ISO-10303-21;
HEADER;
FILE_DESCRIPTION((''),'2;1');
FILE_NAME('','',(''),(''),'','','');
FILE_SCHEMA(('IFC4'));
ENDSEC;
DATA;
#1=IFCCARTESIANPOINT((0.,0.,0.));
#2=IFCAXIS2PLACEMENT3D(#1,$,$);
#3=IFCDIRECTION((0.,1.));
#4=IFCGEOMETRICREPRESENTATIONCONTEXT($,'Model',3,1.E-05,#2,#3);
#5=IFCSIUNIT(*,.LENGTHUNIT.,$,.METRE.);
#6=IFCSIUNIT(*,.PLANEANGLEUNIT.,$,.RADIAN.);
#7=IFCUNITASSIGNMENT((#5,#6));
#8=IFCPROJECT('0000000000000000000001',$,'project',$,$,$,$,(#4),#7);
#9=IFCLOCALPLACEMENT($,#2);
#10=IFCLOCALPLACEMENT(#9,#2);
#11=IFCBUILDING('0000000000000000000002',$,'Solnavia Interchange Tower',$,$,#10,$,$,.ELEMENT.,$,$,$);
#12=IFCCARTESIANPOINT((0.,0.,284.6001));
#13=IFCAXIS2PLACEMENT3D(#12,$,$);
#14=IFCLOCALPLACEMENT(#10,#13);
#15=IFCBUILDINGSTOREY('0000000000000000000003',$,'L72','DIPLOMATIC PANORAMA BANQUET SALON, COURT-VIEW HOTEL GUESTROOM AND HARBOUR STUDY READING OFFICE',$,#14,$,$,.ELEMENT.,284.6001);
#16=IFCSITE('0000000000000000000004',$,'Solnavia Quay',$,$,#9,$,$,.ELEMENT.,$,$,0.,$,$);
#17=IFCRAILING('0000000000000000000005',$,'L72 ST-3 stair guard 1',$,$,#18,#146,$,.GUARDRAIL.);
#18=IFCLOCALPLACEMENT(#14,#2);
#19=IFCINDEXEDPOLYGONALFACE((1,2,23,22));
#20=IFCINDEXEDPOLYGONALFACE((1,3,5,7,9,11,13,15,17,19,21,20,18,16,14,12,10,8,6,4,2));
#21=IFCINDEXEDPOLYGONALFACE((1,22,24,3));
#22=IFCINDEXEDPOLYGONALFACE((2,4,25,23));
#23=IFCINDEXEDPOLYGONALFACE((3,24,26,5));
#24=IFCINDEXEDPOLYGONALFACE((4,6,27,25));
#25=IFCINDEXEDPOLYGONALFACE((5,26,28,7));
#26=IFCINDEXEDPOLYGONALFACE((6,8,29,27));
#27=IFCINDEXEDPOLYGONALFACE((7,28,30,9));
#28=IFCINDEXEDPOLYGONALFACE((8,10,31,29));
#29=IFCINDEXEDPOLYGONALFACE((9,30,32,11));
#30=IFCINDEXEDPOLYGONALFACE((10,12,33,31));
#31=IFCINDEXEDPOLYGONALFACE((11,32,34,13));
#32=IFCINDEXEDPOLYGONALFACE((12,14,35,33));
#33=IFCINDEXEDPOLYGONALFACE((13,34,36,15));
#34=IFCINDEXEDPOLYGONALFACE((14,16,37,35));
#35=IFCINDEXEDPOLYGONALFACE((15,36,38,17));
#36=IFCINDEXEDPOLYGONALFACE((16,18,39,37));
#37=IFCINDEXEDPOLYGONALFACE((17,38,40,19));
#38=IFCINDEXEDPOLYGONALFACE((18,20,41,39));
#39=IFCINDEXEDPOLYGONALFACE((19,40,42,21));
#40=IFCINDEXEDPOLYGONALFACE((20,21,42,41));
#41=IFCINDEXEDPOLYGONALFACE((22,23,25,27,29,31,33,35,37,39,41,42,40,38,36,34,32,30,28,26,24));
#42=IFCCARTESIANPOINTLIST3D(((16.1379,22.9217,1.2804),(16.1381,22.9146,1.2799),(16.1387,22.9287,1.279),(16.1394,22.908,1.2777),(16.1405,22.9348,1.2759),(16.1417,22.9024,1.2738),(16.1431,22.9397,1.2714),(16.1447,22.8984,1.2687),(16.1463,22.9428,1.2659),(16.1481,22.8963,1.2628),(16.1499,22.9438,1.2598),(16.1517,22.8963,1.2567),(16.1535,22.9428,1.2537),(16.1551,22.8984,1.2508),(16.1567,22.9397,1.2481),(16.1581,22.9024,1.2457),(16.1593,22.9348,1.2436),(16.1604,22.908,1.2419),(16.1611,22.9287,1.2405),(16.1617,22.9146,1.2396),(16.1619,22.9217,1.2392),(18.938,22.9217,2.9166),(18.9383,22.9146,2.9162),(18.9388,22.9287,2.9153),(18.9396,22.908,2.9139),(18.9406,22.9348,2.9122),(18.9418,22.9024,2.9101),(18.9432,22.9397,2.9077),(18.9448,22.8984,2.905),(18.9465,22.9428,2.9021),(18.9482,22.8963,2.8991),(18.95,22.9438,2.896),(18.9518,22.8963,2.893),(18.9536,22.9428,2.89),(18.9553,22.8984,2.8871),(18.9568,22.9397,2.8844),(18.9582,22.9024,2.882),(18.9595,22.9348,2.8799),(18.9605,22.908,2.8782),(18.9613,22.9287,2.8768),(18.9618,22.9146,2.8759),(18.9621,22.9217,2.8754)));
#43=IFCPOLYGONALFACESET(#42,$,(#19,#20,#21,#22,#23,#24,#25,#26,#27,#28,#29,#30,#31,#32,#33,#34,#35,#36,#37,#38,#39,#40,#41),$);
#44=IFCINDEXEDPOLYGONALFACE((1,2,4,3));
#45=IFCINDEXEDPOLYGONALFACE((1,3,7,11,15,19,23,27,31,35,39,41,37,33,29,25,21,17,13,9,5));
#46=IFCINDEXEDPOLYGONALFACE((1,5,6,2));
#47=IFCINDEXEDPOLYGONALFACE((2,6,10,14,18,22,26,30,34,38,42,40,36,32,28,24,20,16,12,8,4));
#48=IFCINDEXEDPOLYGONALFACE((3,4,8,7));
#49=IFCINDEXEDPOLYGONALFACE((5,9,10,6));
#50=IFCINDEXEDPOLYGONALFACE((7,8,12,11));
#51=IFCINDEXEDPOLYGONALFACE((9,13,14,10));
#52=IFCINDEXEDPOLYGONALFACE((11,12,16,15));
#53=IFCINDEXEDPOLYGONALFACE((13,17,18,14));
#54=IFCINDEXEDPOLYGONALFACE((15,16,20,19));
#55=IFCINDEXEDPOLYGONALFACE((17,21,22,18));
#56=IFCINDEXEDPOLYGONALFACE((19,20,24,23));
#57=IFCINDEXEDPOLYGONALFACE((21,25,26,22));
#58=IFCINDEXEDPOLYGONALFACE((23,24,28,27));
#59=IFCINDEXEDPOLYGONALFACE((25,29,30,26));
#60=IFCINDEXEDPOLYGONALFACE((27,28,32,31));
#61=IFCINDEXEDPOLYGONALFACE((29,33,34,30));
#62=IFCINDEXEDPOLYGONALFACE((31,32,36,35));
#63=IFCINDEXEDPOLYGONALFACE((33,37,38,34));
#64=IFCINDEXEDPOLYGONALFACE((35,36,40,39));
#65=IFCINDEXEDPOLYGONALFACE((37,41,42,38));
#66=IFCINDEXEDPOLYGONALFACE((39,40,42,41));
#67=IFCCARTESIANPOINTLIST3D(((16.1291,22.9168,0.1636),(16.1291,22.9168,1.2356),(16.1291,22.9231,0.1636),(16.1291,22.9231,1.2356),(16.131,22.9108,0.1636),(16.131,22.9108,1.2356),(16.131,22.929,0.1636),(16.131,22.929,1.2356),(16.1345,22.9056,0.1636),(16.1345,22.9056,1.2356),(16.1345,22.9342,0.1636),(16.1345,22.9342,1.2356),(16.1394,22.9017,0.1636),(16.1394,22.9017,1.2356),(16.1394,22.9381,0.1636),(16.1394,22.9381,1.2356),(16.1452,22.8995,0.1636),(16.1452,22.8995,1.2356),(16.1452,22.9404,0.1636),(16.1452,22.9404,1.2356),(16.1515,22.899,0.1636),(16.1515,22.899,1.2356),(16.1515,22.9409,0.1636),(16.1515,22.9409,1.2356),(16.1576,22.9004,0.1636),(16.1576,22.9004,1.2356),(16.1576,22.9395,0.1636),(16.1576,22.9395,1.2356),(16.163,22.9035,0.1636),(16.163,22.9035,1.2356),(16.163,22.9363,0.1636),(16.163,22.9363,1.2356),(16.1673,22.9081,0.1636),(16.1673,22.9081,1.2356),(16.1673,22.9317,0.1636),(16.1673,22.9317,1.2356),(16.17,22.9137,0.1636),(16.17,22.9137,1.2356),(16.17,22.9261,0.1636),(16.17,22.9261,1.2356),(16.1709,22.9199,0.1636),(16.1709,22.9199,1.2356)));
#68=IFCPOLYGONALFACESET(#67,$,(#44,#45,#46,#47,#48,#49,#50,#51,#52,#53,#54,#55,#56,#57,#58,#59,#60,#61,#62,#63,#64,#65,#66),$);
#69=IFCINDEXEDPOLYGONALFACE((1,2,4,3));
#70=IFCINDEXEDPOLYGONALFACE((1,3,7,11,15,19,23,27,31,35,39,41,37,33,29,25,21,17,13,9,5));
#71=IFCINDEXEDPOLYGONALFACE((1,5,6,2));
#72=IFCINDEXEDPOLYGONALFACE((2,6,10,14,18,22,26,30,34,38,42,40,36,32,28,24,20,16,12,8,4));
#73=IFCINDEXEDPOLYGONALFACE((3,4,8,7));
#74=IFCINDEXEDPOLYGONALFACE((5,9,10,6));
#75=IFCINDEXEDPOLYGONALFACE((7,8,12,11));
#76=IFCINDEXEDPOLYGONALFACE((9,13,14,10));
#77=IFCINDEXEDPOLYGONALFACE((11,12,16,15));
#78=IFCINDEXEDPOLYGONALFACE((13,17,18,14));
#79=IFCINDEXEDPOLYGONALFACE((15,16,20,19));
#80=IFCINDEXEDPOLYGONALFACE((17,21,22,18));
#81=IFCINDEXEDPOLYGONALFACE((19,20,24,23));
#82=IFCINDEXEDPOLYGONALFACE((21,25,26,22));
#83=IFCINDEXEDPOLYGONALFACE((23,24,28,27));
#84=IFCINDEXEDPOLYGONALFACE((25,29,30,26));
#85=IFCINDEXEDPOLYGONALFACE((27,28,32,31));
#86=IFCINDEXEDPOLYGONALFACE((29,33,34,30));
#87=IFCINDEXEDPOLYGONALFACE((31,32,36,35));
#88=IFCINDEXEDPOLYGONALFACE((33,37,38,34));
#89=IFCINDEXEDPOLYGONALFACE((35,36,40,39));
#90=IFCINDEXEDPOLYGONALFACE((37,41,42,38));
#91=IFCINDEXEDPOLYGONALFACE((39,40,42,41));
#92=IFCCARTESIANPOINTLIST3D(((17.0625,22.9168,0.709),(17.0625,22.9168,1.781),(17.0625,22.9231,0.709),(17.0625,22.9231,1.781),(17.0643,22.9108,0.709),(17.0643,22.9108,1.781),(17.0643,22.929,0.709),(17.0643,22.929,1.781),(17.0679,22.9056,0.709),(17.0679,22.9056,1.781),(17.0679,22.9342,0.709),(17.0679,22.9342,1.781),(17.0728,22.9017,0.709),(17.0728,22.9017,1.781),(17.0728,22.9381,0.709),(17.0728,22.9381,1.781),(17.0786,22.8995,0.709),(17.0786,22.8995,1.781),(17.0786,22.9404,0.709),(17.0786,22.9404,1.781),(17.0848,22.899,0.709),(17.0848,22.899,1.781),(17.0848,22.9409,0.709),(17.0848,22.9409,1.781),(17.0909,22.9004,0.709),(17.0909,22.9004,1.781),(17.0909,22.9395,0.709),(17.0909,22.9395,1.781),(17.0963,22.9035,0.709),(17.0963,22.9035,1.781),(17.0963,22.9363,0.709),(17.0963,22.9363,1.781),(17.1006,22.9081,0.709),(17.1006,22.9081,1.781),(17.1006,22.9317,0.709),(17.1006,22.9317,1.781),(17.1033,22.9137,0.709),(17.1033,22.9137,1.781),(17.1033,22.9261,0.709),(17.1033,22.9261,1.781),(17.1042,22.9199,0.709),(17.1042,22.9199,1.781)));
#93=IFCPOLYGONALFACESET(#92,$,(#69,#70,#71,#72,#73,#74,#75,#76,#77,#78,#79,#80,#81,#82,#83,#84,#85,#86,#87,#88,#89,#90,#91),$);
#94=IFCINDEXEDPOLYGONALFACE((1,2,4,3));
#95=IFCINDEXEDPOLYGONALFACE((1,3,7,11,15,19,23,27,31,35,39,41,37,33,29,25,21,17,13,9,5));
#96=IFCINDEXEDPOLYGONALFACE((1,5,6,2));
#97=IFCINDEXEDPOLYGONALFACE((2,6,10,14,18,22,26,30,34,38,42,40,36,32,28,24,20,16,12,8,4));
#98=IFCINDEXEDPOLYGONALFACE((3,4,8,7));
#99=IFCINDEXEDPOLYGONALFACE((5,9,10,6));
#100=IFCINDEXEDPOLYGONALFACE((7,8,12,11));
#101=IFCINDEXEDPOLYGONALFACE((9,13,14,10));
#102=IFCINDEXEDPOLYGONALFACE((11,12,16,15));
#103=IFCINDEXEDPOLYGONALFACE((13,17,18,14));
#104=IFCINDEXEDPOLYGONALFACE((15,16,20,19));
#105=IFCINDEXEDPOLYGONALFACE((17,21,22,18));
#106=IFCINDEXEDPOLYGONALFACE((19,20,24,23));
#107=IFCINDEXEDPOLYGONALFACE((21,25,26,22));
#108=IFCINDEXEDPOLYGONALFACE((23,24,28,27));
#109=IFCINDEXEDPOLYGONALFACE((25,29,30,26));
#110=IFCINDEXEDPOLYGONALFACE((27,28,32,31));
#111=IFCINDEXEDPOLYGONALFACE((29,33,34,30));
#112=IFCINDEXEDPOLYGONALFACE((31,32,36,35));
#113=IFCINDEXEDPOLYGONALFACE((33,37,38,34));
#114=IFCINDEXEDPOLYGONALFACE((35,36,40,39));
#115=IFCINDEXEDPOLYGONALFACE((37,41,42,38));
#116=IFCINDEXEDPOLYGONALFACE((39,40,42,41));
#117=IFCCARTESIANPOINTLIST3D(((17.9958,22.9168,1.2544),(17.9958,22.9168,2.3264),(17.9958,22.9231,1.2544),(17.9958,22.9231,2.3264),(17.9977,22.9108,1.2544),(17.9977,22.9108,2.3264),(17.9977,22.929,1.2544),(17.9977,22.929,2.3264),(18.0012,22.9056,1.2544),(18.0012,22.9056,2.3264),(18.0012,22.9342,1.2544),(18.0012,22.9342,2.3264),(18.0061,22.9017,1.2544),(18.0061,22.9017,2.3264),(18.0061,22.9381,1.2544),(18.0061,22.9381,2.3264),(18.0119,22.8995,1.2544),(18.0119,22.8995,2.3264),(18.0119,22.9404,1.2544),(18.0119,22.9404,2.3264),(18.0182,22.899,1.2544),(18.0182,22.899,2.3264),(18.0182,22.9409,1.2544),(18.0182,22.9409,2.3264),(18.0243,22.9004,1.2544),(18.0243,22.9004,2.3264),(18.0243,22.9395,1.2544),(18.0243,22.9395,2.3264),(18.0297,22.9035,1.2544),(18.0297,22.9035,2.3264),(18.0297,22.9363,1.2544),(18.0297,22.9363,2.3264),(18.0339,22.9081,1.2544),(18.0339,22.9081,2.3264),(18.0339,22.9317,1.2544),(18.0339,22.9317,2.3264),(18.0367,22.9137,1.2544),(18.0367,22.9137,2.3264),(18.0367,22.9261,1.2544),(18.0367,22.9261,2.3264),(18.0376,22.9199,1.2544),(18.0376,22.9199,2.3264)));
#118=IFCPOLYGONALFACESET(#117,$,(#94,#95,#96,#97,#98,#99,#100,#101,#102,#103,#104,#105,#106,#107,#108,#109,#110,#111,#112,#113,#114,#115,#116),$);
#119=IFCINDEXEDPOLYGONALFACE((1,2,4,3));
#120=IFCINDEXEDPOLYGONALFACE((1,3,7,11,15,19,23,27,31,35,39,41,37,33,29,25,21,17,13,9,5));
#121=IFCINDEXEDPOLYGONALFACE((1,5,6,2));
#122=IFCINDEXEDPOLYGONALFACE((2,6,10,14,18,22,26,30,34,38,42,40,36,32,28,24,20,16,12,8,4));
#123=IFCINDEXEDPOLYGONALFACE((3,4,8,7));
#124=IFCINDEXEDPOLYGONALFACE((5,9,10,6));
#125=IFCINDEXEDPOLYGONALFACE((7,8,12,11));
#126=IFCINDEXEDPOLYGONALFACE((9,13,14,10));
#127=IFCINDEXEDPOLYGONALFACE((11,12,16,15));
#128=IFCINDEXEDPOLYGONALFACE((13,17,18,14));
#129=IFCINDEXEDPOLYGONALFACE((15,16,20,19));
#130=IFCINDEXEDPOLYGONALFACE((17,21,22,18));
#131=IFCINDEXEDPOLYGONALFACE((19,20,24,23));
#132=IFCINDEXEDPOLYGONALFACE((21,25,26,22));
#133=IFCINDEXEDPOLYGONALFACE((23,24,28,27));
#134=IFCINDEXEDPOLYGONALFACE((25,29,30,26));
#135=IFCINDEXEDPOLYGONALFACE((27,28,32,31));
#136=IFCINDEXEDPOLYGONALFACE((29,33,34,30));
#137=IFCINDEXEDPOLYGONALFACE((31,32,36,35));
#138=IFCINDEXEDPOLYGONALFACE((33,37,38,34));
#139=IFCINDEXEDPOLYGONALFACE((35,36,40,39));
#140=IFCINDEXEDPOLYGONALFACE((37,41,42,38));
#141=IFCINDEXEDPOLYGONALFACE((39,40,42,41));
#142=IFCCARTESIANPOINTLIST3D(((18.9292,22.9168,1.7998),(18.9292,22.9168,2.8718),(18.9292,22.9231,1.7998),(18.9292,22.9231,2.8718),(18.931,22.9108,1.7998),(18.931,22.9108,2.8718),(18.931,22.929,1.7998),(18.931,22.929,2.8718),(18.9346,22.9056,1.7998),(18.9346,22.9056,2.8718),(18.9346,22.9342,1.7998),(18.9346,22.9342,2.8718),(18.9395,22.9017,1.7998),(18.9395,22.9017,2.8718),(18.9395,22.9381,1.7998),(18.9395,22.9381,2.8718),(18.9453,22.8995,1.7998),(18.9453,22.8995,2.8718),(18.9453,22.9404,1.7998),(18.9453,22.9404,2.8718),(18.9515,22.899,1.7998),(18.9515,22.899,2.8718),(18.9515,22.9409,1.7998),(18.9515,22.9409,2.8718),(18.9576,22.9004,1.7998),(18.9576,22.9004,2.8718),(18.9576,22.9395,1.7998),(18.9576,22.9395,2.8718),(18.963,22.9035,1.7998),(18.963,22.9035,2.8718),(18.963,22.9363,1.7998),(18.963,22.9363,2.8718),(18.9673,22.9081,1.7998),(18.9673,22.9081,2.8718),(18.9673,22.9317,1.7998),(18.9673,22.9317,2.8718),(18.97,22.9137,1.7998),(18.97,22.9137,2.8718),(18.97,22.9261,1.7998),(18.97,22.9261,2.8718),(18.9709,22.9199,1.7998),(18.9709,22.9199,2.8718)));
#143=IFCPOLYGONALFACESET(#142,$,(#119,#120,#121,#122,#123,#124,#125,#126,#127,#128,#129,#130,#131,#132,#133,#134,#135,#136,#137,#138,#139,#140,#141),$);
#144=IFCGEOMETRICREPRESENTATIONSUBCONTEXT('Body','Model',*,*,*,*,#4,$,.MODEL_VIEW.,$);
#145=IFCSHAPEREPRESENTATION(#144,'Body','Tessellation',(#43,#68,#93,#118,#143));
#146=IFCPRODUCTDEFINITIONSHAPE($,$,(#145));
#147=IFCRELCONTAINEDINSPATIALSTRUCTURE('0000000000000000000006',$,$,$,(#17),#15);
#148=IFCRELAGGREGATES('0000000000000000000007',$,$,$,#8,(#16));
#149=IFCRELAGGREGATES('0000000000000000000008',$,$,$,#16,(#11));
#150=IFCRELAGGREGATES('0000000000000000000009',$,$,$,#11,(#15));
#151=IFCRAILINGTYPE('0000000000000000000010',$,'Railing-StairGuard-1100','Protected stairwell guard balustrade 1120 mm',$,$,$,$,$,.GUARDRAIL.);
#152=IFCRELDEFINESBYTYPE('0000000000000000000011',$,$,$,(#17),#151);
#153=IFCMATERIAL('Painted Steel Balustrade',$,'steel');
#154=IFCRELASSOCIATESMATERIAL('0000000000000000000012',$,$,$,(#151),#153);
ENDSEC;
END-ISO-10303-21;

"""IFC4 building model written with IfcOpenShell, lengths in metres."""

from ifc_helpers import new_model, si_unit, direction, frame, origin, origin_2d, place, context, subcontext, project, spatial, circle, extrude, material, type_object, element, save


model = new_model("IFC4")

# Units and contexts
model_context = context("Model", 3, precision=1e-05, world=origin(), true_north=direction((0.0, 1.0)))
body_context = subcontext(model_context, "Body", "Model", "MODEL_VIEW")
ifc_project = project(units=[si_unit("LENGTHUNIT", "METRE"), si_unit("PLANEANGLEUNIT", "RADIAN")], contexts=[model_context])

# Site, building, storey
site_placement = place(None, origin())
site = spatial("IfcSite", under=ifc_project, at=site_placement, Name="Solnavia Quay", CompositionType="ELEMENT", RefElevation=0.0)
building_placement = place(site_placement, origin())
building = spatial("IfcBuilding", under=site, at=building_placement, Name="Solnavia Interchange Tower", CompositionType="ELEMENT")
storey_placement = place(building_placement, frame((0.0, 0.0, 284.6001)))
storey = spatial("IfcBuildingStorey", under=building, at=storey_placement, Name="L72", Description="DIPLOMATIC PANORAMA BANQUET SALON, COURT-VIEW HOTEL GUESTROOM AND HARBOUR STUDY READING OFFICE", CompositionType="ELEMENT", Elevation=284.6001)

# Railing
ifc_material_1 = material(Name="Painted Steel Balustrade", Category="steel")
railing_type_1 = type_object("IfcRailingType", Name="Railing-StairGuard-1100", Description="Protected stairwell guard balustrade 1120 mm", PredefinedType="GUARDRAIL", material=ifc_material_1)
railing_1_placement = place(storey_placement, frame((16.1499, 22.9199, 0.1636)))
element("IfcRailing", 1, at=railing_1_placement, inside=storey, type_object=railing_type_1, Name="L72 ST-3 stair guard 1", PredefinedType="GUARDRAIL", context=body_context, shape_type="SweptSolid", body=[
    extrude(circle(Radius=0.0239, at=origin_2d()), frame((0.0, 0.0, 1.0962), z_axis=(0.863394, 0.0, 0.504531), x_axis=(0.0, 1.0, 0.0)), (0.0, 0.0, 1.0), 3.2432),
    extrude(circle(Radius=0.021, at=origin_2d()), origin(), (0.0, 0.0, 1.0), 1.072),
    extrude(circle(Radius=0.021, at=origin_2d()), frame((0.9333, 0.0, 0.5454)), (0.0, 0.0, 1.0), 1.072),
    extrude(circle(Radius=0.021, at=origin_2d()), frame((1.8667, 0.0, 1.0908)), (0.0, 0.0, 1.0), 1.072),
    extrude(circle(Radius=0.021, at=origin_2d()), frame((2.8, 0.0, 1.6362)), (0.0, 0.0, 1.0), 1.072),
])

save(model, "model.ifc")
